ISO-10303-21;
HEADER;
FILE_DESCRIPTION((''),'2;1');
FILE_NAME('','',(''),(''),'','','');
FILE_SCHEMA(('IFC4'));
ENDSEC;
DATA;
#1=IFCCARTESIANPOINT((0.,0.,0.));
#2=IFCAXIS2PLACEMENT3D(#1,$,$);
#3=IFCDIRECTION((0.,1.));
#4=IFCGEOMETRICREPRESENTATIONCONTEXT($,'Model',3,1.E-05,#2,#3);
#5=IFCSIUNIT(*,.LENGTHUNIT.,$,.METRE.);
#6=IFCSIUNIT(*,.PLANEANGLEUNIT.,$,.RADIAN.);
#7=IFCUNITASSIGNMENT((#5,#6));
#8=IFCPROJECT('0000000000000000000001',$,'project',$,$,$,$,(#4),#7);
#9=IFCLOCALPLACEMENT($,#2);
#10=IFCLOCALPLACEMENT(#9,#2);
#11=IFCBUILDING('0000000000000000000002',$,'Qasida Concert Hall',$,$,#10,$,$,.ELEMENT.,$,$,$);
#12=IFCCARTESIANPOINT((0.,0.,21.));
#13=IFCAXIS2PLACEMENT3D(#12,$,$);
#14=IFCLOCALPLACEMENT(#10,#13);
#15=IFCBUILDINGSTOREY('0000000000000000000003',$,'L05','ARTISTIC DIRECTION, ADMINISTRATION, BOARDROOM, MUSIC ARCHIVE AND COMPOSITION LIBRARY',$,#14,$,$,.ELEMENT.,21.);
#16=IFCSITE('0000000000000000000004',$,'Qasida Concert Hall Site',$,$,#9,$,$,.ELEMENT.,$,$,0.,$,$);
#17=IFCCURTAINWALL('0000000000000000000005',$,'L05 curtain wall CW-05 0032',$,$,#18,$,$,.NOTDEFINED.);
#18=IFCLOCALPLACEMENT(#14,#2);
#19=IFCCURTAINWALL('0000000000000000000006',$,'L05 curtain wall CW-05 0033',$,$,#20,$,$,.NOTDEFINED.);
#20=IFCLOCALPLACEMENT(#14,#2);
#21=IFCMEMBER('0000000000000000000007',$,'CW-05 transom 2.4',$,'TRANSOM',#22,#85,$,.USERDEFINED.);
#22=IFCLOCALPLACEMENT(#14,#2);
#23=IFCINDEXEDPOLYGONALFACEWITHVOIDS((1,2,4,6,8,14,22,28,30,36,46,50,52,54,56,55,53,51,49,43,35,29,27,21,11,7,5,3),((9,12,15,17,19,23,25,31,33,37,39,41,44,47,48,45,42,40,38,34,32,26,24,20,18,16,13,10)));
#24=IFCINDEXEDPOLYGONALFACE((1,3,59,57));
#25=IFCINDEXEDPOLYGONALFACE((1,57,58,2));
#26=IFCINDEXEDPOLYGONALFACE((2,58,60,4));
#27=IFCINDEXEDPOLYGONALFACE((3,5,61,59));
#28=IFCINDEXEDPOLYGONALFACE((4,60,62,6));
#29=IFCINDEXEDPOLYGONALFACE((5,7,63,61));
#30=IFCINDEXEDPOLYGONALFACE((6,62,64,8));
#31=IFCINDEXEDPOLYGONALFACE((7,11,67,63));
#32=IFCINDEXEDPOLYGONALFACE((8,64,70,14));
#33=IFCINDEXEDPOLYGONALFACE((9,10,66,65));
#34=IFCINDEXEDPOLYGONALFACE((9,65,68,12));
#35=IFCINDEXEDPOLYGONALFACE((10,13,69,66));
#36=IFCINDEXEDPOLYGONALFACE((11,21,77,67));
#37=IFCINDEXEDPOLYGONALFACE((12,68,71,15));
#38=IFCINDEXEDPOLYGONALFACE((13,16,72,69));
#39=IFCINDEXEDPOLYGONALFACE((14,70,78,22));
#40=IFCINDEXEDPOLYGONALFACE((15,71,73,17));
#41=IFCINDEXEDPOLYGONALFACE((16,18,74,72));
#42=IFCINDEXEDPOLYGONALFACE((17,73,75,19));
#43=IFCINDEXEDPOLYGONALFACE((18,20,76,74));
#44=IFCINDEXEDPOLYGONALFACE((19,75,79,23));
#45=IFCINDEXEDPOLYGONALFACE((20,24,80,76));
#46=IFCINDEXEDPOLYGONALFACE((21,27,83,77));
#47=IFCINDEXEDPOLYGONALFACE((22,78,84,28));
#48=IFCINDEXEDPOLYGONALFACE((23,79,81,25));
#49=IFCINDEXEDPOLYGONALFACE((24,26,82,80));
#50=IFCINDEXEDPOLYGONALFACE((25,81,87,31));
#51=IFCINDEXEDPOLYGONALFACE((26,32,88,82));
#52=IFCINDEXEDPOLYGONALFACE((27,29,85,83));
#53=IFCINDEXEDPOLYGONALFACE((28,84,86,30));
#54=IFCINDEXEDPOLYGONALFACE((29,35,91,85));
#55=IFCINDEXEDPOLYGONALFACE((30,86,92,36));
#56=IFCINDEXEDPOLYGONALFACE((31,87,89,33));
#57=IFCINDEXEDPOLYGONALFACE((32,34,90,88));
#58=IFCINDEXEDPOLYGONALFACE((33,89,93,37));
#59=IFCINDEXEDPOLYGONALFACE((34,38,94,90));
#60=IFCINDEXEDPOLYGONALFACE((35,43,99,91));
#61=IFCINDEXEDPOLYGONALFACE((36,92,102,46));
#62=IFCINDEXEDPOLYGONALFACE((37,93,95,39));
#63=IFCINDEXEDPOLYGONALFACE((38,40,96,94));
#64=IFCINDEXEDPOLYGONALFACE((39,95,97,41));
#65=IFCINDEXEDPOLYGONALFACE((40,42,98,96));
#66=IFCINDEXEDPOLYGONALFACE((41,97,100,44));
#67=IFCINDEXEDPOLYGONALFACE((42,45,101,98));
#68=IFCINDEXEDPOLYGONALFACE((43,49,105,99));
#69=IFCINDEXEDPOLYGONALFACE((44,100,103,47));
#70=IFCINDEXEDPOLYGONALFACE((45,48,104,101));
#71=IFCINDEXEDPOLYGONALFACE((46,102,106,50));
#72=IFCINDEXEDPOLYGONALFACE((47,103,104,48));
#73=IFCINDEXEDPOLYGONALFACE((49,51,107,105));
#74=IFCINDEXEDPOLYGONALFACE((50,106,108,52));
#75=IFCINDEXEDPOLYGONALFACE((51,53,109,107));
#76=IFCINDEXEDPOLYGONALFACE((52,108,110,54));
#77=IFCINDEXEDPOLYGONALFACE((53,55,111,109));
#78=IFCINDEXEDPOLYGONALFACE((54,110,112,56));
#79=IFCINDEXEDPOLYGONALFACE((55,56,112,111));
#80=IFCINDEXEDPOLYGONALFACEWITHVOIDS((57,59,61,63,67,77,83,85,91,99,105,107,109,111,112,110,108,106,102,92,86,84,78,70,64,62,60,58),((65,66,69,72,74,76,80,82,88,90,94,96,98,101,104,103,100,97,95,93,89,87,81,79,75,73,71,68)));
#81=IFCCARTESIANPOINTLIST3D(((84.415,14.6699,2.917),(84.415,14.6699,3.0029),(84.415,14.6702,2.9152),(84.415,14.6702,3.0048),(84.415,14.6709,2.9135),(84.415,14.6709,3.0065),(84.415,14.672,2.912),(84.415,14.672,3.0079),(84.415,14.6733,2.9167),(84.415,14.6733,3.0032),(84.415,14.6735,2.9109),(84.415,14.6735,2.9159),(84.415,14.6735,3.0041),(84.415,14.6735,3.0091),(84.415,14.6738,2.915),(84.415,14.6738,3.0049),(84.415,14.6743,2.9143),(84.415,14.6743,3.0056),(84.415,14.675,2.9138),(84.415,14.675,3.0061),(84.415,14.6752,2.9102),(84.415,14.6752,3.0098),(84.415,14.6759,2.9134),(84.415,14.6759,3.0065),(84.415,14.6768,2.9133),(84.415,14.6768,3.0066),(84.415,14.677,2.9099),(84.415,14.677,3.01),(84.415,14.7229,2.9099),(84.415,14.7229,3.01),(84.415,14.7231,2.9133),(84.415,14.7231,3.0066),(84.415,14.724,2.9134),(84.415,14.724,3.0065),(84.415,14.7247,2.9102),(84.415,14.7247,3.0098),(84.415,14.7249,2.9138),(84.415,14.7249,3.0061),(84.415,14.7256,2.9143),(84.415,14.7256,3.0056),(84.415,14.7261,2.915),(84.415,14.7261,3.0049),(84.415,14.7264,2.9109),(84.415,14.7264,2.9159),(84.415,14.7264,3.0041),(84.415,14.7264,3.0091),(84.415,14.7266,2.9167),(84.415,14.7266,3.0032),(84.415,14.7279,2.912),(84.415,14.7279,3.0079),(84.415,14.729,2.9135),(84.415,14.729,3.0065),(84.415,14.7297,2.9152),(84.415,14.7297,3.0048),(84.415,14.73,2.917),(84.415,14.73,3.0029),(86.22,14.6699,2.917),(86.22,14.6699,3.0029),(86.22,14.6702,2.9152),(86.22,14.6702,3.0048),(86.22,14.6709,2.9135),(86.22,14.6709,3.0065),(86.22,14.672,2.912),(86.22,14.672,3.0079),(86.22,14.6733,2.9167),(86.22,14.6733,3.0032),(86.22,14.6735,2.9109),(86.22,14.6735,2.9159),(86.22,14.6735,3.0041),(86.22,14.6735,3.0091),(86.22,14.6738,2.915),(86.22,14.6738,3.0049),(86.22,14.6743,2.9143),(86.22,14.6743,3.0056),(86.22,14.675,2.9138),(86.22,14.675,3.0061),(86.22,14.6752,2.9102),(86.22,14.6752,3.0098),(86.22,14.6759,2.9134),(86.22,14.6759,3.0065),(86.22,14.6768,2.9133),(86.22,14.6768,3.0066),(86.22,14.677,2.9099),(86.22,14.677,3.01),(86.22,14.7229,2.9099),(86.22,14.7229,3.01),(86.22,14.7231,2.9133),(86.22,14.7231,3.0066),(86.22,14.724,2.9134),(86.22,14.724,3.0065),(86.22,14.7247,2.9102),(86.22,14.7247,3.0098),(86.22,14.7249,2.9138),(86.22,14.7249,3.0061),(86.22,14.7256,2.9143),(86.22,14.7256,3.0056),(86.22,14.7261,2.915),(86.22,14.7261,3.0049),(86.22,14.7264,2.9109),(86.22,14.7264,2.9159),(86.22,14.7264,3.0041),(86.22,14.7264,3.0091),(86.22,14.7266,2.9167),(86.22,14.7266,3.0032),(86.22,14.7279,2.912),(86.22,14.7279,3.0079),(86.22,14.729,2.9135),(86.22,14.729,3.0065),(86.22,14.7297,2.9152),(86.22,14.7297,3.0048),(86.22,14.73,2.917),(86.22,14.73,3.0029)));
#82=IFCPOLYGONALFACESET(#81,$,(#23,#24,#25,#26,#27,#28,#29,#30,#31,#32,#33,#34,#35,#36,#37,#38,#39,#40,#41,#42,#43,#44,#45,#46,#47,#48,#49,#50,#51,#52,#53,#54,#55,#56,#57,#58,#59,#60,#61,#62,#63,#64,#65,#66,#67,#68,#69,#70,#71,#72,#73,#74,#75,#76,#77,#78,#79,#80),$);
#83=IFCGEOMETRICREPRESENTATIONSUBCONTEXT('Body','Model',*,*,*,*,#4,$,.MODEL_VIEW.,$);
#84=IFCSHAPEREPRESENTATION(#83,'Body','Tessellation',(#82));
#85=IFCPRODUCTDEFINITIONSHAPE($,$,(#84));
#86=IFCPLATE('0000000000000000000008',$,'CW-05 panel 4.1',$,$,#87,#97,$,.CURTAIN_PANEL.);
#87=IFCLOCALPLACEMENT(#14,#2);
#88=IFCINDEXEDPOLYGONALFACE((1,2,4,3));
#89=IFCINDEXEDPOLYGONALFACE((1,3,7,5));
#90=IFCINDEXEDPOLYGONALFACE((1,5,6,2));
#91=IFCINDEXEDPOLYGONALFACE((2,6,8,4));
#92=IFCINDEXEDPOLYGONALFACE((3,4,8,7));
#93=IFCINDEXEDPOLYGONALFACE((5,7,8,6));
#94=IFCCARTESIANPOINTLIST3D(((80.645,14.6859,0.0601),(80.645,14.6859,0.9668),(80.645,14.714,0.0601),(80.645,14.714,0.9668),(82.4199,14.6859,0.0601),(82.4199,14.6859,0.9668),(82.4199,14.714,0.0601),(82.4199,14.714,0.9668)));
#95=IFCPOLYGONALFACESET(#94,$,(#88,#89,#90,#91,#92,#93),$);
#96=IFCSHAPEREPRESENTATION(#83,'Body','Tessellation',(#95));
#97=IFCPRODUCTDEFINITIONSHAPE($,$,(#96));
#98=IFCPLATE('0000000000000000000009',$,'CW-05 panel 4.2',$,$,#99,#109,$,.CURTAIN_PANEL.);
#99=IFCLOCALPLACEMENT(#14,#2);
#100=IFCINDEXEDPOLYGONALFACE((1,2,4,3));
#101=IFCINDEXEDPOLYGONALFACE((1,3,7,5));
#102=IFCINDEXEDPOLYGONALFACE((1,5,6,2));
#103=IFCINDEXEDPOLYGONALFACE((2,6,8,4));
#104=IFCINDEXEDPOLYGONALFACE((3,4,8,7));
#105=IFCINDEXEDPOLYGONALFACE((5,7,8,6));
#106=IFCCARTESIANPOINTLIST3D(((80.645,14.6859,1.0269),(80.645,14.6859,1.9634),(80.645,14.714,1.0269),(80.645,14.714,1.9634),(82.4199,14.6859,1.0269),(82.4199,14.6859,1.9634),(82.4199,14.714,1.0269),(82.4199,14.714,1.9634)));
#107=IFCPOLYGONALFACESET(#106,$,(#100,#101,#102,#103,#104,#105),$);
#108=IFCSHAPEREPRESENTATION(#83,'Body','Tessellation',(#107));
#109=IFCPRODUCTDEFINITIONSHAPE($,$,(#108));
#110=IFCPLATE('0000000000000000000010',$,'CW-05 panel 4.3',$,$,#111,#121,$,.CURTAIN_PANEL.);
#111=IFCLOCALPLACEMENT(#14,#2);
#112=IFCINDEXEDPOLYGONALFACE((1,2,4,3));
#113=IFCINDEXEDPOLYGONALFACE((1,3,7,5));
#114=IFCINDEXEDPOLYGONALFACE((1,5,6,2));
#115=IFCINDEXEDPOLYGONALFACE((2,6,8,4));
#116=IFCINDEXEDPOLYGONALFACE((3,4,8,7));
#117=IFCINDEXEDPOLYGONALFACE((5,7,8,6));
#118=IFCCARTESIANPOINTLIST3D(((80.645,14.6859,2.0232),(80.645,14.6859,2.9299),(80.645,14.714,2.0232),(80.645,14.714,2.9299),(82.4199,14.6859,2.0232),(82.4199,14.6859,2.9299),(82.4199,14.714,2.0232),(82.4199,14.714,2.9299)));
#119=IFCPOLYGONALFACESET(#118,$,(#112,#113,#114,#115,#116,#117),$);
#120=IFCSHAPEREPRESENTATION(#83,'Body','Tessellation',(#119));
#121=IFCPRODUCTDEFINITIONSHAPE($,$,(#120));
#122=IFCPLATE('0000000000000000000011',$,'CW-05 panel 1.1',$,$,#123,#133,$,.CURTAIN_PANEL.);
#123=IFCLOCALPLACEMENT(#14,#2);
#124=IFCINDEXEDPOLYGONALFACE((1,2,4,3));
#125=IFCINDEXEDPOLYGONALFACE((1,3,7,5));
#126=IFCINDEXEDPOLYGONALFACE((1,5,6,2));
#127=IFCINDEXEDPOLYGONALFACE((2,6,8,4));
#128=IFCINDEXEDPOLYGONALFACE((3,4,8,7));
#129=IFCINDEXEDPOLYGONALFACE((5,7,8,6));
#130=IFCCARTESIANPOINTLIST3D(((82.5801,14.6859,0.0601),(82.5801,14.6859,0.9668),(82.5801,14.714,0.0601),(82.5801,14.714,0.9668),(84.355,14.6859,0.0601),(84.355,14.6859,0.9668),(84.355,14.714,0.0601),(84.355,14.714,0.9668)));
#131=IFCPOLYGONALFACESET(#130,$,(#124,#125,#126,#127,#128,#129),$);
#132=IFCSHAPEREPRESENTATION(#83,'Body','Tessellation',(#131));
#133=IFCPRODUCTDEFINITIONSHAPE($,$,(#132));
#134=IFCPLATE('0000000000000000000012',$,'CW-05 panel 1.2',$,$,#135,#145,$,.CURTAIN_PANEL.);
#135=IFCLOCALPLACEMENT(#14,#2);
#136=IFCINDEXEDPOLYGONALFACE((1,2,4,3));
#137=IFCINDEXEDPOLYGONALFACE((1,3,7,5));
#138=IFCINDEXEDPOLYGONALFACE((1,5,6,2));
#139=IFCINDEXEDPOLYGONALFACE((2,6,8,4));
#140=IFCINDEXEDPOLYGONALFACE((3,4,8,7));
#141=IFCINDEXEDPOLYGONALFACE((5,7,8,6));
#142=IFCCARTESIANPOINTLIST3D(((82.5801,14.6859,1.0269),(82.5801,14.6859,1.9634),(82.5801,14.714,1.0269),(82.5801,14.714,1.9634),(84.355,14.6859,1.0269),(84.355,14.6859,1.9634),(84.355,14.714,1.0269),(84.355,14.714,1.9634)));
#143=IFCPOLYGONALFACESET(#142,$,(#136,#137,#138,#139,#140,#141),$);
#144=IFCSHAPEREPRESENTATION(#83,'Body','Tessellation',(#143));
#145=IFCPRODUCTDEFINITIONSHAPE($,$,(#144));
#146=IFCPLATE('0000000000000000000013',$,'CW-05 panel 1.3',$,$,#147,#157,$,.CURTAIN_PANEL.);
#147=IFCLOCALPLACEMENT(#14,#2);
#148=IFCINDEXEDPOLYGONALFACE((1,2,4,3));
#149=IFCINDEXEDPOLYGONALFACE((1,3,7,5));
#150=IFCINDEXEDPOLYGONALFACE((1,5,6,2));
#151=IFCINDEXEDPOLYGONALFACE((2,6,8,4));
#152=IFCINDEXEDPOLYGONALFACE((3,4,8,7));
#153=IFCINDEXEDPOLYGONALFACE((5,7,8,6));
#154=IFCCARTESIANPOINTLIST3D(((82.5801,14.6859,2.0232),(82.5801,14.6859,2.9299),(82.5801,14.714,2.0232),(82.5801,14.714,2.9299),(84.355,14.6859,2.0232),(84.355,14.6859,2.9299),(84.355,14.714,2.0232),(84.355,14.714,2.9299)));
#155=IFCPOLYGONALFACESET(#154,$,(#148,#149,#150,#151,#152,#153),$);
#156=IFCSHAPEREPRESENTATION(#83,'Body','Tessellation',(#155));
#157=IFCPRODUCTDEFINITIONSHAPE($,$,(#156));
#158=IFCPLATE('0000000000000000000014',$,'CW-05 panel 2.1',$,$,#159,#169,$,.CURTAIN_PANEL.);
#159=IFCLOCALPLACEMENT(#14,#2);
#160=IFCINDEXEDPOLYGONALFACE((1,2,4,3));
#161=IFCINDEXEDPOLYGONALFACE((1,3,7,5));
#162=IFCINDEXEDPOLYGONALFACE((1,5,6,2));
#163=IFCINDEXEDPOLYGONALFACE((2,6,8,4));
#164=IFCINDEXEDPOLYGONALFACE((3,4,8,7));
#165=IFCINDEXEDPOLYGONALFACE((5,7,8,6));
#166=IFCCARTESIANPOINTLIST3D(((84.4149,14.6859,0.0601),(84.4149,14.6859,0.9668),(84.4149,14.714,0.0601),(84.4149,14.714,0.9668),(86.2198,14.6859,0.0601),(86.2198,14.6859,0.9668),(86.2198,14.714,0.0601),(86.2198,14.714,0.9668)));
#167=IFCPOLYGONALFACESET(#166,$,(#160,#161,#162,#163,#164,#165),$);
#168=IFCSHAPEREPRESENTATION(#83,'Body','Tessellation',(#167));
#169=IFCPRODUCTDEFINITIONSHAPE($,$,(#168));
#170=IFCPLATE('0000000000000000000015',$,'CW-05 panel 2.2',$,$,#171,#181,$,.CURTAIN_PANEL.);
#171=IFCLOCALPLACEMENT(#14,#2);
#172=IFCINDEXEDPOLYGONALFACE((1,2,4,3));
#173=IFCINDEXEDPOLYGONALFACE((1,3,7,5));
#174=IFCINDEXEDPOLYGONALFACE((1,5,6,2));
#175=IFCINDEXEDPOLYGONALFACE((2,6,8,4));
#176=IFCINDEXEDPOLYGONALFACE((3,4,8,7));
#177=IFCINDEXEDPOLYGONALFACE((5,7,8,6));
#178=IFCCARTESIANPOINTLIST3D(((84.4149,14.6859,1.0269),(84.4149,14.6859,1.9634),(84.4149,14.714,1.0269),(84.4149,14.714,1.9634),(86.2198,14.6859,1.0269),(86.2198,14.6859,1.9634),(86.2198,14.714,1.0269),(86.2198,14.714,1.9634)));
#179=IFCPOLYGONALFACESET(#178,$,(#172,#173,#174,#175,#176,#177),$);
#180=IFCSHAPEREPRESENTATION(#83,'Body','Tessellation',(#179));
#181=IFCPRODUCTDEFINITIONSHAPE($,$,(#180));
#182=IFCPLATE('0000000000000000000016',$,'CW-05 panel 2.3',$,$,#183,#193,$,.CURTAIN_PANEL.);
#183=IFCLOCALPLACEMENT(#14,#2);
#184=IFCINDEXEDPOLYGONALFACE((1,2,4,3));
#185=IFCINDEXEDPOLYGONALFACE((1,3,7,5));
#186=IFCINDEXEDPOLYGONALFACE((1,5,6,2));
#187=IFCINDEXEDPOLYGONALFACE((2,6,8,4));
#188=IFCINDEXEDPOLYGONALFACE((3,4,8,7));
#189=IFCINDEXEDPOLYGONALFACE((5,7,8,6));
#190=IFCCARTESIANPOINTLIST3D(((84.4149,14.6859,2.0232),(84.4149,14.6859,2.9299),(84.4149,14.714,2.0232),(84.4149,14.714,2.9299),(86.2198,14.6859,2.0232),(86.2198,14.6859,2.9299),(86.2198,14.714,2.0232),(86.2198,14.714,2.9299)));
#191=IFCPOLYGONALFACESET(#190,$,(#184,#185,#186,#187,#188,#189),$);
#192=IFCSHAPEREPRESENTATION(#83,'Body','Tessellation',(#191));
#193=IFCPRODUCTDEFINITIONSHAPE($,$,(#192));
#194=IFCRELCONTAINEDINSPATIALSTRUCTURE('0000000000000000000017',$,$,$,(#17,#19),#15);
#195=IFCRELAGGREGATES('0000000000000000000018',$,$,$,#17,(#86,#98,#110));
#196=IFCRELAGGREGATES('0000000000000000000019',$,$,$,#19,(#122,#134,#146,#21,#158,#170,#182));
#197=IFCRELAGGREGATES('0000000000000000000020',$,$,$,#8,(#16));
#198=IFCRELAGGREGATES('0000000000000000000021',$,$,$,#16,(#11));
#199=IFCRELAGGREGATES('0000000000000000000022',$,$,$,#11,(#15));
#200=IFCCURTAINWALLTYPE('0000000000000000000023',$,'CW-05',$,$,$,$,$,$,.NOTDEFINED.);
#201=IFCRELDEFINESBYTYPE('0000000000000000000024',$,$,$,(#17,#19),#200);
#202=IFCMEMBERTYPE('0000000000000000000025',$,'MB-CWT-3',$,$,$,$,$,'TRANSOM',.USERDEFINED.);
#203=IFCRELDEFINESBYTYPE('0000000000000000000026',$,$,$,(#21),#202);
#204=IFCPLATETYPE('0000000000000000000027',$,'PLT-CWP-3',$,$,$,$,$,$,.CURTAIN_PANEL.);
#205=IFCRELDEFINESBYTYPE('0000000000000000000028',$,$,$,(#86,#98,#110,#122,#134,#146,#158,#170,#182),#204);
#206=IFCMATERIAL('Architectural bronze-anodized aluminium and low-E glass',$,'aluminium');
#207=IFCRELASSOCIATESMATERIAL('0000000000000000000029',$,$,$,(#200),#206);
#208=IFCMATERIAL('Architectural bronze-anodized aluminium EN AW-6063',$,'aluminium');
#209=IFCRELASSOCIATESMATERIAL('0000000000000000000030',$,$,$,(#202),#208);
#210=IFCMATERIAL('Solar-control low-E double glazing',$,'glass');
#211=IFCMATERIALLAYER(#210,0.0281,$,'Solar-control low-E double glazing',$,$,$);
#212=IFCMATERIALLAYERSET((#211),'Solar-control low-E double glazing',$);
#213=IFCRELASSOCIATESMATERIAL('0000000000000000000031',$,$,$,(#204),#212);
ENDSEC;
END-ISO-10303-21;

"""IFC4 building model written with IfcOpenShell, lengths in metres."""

from ifc_helpers import new_model, si_unit, direction, frame, origin, origin_2d, place, context, subcontext, project, spatial, rectangle, hollow_rectangle, extrude, material, layer, layer_set, material_profile, profile_set, type_object, element, aggregate, save


model = new_model("IFC4")

# Units and contexts
model_context = context("Model", 3, precision=1e-05, world=origin(), true_north=direction((0.0, 1.0)))
body_context = subcontext(model_context, "Body", "Model", "MODEL_VIEW")
ifc_project = project(units=[si_unit("LENGTHUNIT", "METRE"), si_unit("PLANEANGLEUNIT", "RADIAN")], contexts=[model_context])

# Site, building, storey
site_placement = place(None, origin())
site = spatial("IfcSite", under=ifc_project, at=site_placement, Name="Qasida Concert Hall Site", CompositionType="ELEMENT", RefElevation=0.0)
building_placement = place(site_placement, origin())
building = spatial("IfcBuilding", under=site, at=building_placement, Name="Qasida Concert Hall", CompositionType="ELEMENT")
storey_placement = place(building_placement, frame((0.0, 0.0, 21.0)))
storey = spatial("IfcBuildingStorey", under=building, at=storey_placement, Name="L05", Description="ARTISTIC DIRECTION, ADMINISTRATION, BOARDROOM, MUSIC ARCHIVE AND COMPOSITION LIBRARY", CompositionType="ELEMENT", Elevation=21.0)

# Curtain wall
ifc_material_1 = material(Name="Architectural bronze-anodized aluminium and low-E glass", Category="aluminium")
curtain_wall_type = type_object("IfcCurtainWallType", Name="CW-05", PredefinedType="NOTDEFINED", material=ifc_material_1)
curtain_wall_1_placement = place(storey_placement, origin())
curtain_wall_1 = element("IfcCurtainWall", 1, at=curtain_wall_1_placement, inside=storey, type_object=curtain_wall_type, Name="L05 curtain wall CW-05 0032", PredefinedType="NOTDEFINED")
ifc_material_2 = material(Name="Architectural bronze-anodized aluminium EN AW-6063", Category="aluminium")

# Curtain wall, member
curtain_wall_2_placement = place(storey_placement, origin())
curtain_wall_2 = element("IfcCurtainWall", 2, at=curtain_wall_2_placement, inside=storey, type_object=curtain_wall_type, Name="L05 curtain wall CW-05 0033", PredefinedType="NOTDEFINED")
ifc_material_profile_1 = material_profile(ifc_material_2, hollow_rectangle(XDim=0.0601, YDim=0.1001, WallThickness=0.0034, InnerFilletRadius=0.0034, OuterFilletRadius=0.0071, at=origin_2d()), Name="CWT 100x60x3.5")
ifc_profile_set_1 = profile_set([ifc_material_profile_1], Name="Architectural bronze-anodized aluminium EN AW-6063")
member_type_1 = type_object("IfcMemberType", Name="MB-CWT-3", ElementType="TRANSOM", PredefinedType="USERDEFINED", material=ifc_profile_set_1)
member_1_placement = place(storey_placement, frame((84.415, 14.7, 2.96), z_axis=(1.0, 0.0, 0.0), x_axis=(0.0, 1.0, 0.0)))
member_1 = element("IfcMember", 3, at=member_1_placement, type_object=member_type_1, Name="CW-05 transom 2.4", ObjectType="TRANSOM", PredefinedType="USERDEFINED", context=body_context, shape_type="SweptSolid", body=[
    extrude(hollow_rectangle(XDim=0.0601, YDim=0.1001, WallThickness=0.0034, InnerFilletRadius=0.0034, OuterFilletRadius=0.0071, at=origin_2d()), origin(), (0.0, 0.0, 1.0), 1.8049),
])

# Plates
ifc_material_3 = material(Name="Solar-control low-E double glazing", Category="glass")
ifc_layer_1 = layer(ifc_material_3, 0.0281, Name="Solar-control low-E double glazing")
ifc_layer_set_1 = layer_set([ifc_layer_1], Name="Solar-control low-E double glazing")
plate_type = type_object("IfcPlateType", Name="PLT-CWP-3", PredefinedType="CURTAIN_PANEL", material=ifc_layer_set_1)
plate_1_placement = place(storey_placement, frame((81.5325, 14.7, 0.0601), z_axis=(0.0, 0.0, 1.0), x_axis=(1.0, 0.0, 0.0)))
plate_1 = element("IfcPlate", 4, at=plate_1_placement, type_object=plate_type, Name="CW-05 panel 4.1", PredefinedType="CURTAIN_PANEL", context=body_context, shape_type="SweptSolid", body=[
    extrude(rectangle(XDim=1.7749, YDim=0.0281, at=origin_2d()), origin(), (0.0, 0.0, 1.0), 0.9067),
])
plate_2_placement = place(storey_placement, frame((81.5325, 14.7, 1.0269), z_axis=(0.0, 0.0, 1.0), x_axis=(1.0, 0.0, 0.0)))
plate_2 = element("IfcPlate", 5, at=plate_2_placement, type_object=plate_type, Name="CW-05 panel 4.2", PredefinedType="CURTAIN_PANEL", context=body_context, shape_type="SweptSolid", body=[
    extrude(rectangle(XDim=1.7749, YDim=0.0281, at=origin_2d()), origin(), (0.0, 0.0, 1.0), 0.9365),
])
plate_3_placement = place(storey_placement, frame((81.5325, 14.7, 2.0232), z_axis=(0.0, 0.0, 1.0), x_axis=(1.0, 0.0, 0.0)))
plate_3 = element("IfcPlate", 6, at=plate_3_placement, type_object=plate_type, Name="CW-05 panel 4.3", PredefinedType="CURTAIN_PANEL", context=body_context, shape_type="SweptSolid", body=[
    extrude(rectangle(XDim=1.7749, YDim=0.0281, at=origin_2d()), origin(), (0.0, 0.0, 1.0), 0.9067),
])
aggregate(curtain_wall_1, [plate_1, plate_2, plate_3])
plate_4_placement = place(storey_placement, frame((83.4675, 14.7, 0.0601), z_axis=(0.0, 0.0, 1.0), x_axis=(1.0, 0.0, 0.0)))
plate_4 = element("IfcPlate", 7, at=plate_4_placement, type_object=plate_type, Name="CW-05 panel 1.1", PredefinedType="CURTAIN_PANEL", context=body_context, shape_type="SweptSolid", body=[
    extrude(rectangle(XDim=1.7749, YDim=0.0281, at=origin_2d()), origin(), (0.0, 0.0, 1.0), 0.9067),
])
plate_5_placement = place(storey_placement, frame((83.4675, 14.7, 1.0269), z_axis=(0.0, 0.0, 1.0), x_axis=(1.0, 0.0, 0.0)))
plate_5 = element("IfcPlate", 8, at=plate_5_placement, type_object=plate_type, Name="CW-05 panel 1.2", PredefinedType="CURTAIN_PANEL", context=body_context, shape_type="SweptSolid", body=[
    extrude(rectangle(XDim=1.7749, YDim=0.0281, at=origin_2d()), origin(), (0.0, 0.0, 1.0), 0.9365),
])
plate_6_placement = place(storey_placement, frame((83.4675, 14.7, 2.0232), z_axis=(0.0, 0.0, 1.0), x_axis=(1.0, 0.0, 0.0)))
plate_6 = element("IfcPlate", 9, at=plate_6_placement, type_object=plate_type, Name="CW-05 panel 1.3", PredefinedType="CURTAIN_PANEL", context=body_context, shape_type="SweptSolid", body=[
    extrude(rectangle(XDim=1.7749, YDim=0.0281, at=origin_2d()), origin(), (0.0, 0.0, 1.0), 0.9067),
])
plate_7_placement = place(storey_placement, frame((85.3174, 14.7, 0.0601), z_axis=(0.0, 0.0, 1.0), x_axis=(1.0, 0.0, 0.0)))
plate_7 = element("IfcPlate", 10, at=plate_7_placement, type_object=plate_type, Name="CW-05 panel 2.1", PredefinedType="CURTAIN_PANEL", context=body_context, shape_type="SweptSolid", body=[
    extrude(rectangle(XDim=1.8049, YDim=0.0281, at=origin_2d()), origin(), (0.0, 0.0, 1.0), 0.9067),
])
plate_8_placement = place(storey_placement, frame((85.3174, 14.7, 1.0269), z_axis=(0.0, 0.0, 1.0), x_axis=(1.0, 0.0, 0.0)))
plate_8 = element("IfcPlate", 11, at=plate_8_placement, type_object=plate_type, Name="CW-05 panel 2.2", PredefinedType="CURTAIN_PANEL", context=body_context, shape_type="SweptSolid", body=[
    extrude(rectangle(XDim=1.8049, YDim=0.0281, at=origin_2d()), origin(), (0.0, 0.0, 1.0), 0.9365),
])
plate_9_placement = place(storey_placement, frame((85.3174, 14.7, 2.0232), z_axis=(0.0, 0.0, 1.0), x_axis=(1.0, 0.0, 0.0)))
plate_9 = element("IfcPlate", 12, at=plate_9_placement, type_object=plate_type, Name="CW-05 panel 2.3", PredefinedType="CURTAIN_PANEL", context=body_context, shape_type="SweptSolid", body=[
    extrude(rectangle(XDim=1.8049, YDim=0.0281, at=origin_2d()), origin(), (0.0, 0.0, 1.0), 0.9067),
])
aggregate(curtain_wall_2, [plate_4, plate_5, plate_6, member_1, plate_7, plate_8, plate_9])

save(model, "model.ifc")
